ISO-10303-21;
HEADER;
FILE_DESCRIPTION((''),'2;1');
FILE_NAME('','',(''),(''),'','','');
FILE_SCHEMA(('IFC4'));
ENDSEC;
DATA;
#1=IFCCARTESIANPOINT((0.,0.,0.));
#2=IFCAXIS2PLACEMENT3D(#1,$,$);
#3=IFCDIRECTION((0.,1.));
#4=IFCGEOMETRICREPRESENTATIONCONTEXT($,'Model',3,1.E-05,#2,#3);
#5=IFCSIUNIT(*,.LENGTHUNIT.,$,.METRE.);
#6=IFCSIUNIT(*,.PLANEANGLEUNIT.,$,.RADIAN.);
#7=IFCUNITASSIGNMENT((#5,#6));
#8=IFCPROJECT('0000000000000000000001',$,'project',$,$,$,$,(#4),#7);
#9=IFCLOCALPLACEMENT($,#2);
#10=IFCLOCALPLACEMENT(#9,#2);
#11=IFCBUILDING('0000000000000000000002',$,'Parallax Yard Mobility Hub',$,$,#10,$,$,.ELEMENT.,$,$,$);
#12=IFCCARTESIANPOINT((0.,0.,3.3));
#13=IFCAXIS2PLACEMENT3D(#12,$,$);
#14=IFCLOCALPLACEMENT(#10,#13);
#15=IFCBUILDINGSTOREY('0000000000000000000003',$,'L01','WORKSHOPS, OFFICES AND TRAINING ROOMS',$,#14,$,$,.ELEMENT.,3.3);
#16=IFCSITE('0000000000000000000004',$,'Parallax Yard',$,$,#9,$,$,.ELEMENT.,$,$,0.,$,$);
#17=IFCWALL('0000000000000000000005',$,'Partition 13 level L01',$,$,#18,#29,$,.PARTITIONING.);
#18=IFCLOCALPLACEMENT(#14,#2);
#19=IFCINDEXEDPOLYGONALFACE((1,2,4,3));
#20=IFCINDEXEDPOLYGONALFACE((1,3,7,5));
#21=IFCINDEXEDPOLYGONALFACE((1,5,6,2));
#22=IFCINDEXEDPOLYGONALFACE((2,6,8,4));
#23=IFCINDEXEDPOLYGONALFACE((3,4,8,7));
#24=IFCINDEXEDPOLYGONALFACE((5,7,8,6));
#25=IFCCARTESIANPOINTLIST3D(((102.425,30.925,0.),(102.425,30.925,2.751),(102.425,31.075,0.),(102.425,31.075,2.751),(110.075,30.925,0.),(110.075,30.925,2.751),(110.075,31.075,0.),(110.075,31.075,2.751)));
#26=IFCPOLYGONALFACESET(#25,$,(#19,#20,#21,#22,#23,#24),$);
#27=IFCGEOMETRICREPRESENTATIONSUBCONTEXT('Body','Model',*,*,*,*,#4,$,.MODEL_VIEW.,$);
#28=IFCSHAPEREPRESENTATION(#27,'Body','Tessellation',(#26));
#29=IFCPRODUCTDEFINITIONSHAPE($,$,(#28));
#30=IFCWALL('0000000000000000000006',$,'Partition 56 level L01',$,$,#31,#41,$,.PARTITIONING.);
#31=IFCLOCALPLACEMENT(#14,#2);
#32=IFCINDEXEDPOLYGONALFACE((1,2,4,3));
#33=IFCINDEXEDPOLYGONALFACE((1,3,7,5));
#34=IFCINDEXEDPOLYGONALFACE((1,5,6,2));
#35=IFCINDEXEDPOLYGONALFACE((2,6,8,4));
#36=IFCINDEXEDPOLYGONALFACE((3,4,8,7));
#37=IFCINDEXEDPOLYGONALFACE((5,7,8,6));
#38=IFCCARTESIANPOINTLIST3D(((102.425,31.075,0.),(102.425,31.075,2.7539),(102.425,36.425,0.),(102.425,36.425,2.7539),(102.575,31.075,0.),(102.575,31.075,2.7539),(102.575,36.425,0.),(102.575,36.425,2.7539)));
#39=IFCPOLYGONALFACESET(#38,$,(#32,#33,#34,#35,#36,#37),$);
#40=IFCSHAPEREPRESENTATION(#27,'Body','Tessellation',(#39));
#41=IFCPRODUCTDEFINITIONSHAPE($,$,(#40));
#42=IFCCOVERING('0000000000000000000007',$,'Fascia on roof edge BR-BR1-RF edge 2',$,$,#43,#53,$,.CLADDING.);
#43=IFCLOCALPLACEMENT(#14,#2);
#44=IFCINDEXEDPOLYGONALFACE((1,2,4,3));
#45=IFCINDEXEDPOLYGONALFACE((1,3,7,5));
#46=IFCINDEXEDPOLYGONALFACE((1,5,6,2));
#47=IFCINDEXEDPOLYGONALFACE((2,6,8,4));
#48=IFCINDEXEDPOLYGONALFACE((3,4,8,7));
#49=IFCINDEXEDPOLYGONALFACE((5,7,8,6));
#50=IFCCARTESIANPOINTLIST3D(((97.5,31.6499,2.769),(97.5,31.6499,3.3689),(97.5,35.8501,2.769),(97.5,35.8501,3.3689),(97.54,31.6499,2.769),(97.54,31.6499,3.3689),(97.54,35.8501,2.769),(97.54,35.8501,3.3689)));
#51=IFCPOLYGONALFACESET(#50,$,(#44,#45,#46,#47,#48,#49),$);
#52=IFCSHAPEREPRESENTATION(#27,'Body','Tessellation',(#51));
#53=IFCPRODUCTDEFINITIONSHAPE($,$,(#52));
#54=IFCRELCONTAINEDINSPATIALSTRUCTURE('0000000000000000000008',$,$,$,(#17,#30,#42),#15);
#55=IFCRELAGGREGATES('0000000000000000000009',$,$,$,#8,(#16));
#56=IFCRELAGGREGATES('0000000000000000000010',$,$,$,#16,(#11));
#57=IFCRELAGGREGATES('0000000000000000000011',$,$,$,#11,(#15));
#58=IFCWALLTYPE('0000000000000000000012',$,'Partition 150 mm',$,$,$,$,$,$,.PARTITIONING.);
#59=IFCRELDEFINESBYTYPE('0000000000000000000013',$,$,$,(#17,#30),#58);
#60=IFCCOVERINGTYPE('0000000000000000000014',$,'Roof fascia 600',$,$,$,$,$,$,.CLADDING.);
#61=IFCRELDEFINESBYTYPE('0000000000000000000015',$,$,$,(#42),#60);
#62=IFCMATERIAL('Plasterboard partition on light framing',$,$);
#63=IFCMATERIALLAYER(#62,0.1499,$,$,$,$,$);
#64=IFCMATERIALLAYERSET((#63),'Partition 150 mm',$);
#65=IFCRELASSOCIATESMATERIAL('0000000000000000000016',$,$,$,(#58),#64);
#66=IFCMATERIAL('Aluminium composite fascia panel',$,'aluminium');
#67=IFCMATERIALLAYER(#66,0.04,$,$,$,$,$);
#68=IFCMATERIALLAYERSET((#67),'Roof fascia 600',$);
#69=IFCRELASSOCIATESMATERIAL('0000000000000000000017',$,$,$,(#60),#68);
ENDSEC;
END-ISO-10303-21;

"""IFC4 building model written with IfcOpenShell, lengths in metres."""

from ifc_helpers import new_model, si_unit, direction, frame, frame_2d, origin, place, context, subcontext, project, spatial, polyline, rectangle, outline, extrude, material, layer, layer_set, type_object, element, save


model = new_model("IFC4")

# Units and contexts
model_context = context("Model", 3, precision=1e-05, world=origin(), true_north=direction((0.0, 1.0)))
body_context = subcontext(model_context, "Body", "Model", "MODEL_VIEW")
ifc_project = project(units=[si_unit("LENGTHUNIT", "METRE"), si_unit("PLANEANGLEUNIT", "RADIAN")], contexts=[model_context])

# Site, building, storey
site_placement = place(None, origin())
site = spatial("IfcSite", under=ifc_project, at=site_placement, Name="Parallax Yard", CompositionType="ELEMENT", RefElevation=0.0)
building_placement = place(site_placement, origin())
building = spatial("IfcBuilding", under=site, at=building_placement, Name="Parallax Yard Mobility Hub", CompositionType="ELEMENT")
storey_placement = place(building_placement, frame((0.0, 0.0, 3.3)))
storey = spatial("IfcBuildingStorey", under=building, at=storey_placement, Name="L01", Description="WORKSHOPS, OFFICES AND TRAINING ROOMS", CompositionType="ELEMENT", Elevation=3.3)

# Shared definitions
ifc_material_1 = material(Name="Plasterboard partition on light framing")
ifc_layer_1 = layer(ifc_material_1, 0.1499)
ifc_layer_set_1 = layer_set([ifc_layer_1], Name="Partition 150 mm")
wall_type_1 = type_object("IfcWallType", Name="Partition 150 mm", PredefinedType="PARTITIONING", material=ifc_layer_set_1)

# Walls
wall_1_placement = place(storey_placement, frame((102.425, 31.0, 0.0), z_axis=(0.0, 0.0, 1.0), x_axis=(1.0, 0.0, 0.0)))
element("IfcWall", 1, at=wall_1_placement, inside=storey, type_object=wall_type_1, Name="Partition 13 level L01", PredefinedType="PARTITIONING", context=body_context, shape_type="SweptSolid", body=[
    extrude(rectangle(XDim=7.6499, YDim=0.1499, at=frame_2d((3.825, 0.0))), origin(), (0.0, 0.0, 1.0), 2.751),
])
wall_2_placement = place(storey_placement, frame((102.5, 31.075, 0.0), z_axis=(0.0, 0.0, 1.0), x_axis=(0.0, 1.0, 0.0)))
element("IfcWall", 2, at=wall_2_placement, inside=storey, type_object=wall_type_1, Name="Partition 56 level L01", PredefinedType="PARTITIONING", context=body_context, shape_type="SweptSolid", body=[
    extrude(rectangle(XDim=5.3501, YDim=0.1499, at=frame_2d((2.675, 0.0))), origin(), (0.0, 0.0, 1.0), 2.7539),
])

# Covering
ifc_material_2 = material(Name="Aluminium composite fascia panel", Category="aluminium")
ifc_layer_2 = layer(ifc_material_2, 0.04)
ifc_layer_set_2 = layer_set([ifc_layer_2], Name="Roof fascia 600")
covering_type = type_object("IfcCoveringType", Name="Roof fascia 600", PredefinedType="CLADDING", material=ifc_layer_set_2)
covering_placement = place(storey_placement, frame((97.5, 31.6499, 3.3689), z_axis=(-1.0, 0.0, 0.0), x_axis=(0.0, 1.0, 0.0)))
element("IfcCovering", 3, at=covering_placement, inside=storey, type_object=covering_type, Name="Fascia on roof edge BR-BR1-RF edge 2", PredefinedType="CLADDING", context=body_context, shape_type="SweptSolid", body=[
    extrude(outline(polyline([(0.0, 0.0), (4.2002, 0.0), (4.2002, 0.5999), (0.0, 0.5999), (0.0, 0.0)])), origin(), (0.0, 0.0, -1.0), 0.04),
])

save(model, "model.ifc")
